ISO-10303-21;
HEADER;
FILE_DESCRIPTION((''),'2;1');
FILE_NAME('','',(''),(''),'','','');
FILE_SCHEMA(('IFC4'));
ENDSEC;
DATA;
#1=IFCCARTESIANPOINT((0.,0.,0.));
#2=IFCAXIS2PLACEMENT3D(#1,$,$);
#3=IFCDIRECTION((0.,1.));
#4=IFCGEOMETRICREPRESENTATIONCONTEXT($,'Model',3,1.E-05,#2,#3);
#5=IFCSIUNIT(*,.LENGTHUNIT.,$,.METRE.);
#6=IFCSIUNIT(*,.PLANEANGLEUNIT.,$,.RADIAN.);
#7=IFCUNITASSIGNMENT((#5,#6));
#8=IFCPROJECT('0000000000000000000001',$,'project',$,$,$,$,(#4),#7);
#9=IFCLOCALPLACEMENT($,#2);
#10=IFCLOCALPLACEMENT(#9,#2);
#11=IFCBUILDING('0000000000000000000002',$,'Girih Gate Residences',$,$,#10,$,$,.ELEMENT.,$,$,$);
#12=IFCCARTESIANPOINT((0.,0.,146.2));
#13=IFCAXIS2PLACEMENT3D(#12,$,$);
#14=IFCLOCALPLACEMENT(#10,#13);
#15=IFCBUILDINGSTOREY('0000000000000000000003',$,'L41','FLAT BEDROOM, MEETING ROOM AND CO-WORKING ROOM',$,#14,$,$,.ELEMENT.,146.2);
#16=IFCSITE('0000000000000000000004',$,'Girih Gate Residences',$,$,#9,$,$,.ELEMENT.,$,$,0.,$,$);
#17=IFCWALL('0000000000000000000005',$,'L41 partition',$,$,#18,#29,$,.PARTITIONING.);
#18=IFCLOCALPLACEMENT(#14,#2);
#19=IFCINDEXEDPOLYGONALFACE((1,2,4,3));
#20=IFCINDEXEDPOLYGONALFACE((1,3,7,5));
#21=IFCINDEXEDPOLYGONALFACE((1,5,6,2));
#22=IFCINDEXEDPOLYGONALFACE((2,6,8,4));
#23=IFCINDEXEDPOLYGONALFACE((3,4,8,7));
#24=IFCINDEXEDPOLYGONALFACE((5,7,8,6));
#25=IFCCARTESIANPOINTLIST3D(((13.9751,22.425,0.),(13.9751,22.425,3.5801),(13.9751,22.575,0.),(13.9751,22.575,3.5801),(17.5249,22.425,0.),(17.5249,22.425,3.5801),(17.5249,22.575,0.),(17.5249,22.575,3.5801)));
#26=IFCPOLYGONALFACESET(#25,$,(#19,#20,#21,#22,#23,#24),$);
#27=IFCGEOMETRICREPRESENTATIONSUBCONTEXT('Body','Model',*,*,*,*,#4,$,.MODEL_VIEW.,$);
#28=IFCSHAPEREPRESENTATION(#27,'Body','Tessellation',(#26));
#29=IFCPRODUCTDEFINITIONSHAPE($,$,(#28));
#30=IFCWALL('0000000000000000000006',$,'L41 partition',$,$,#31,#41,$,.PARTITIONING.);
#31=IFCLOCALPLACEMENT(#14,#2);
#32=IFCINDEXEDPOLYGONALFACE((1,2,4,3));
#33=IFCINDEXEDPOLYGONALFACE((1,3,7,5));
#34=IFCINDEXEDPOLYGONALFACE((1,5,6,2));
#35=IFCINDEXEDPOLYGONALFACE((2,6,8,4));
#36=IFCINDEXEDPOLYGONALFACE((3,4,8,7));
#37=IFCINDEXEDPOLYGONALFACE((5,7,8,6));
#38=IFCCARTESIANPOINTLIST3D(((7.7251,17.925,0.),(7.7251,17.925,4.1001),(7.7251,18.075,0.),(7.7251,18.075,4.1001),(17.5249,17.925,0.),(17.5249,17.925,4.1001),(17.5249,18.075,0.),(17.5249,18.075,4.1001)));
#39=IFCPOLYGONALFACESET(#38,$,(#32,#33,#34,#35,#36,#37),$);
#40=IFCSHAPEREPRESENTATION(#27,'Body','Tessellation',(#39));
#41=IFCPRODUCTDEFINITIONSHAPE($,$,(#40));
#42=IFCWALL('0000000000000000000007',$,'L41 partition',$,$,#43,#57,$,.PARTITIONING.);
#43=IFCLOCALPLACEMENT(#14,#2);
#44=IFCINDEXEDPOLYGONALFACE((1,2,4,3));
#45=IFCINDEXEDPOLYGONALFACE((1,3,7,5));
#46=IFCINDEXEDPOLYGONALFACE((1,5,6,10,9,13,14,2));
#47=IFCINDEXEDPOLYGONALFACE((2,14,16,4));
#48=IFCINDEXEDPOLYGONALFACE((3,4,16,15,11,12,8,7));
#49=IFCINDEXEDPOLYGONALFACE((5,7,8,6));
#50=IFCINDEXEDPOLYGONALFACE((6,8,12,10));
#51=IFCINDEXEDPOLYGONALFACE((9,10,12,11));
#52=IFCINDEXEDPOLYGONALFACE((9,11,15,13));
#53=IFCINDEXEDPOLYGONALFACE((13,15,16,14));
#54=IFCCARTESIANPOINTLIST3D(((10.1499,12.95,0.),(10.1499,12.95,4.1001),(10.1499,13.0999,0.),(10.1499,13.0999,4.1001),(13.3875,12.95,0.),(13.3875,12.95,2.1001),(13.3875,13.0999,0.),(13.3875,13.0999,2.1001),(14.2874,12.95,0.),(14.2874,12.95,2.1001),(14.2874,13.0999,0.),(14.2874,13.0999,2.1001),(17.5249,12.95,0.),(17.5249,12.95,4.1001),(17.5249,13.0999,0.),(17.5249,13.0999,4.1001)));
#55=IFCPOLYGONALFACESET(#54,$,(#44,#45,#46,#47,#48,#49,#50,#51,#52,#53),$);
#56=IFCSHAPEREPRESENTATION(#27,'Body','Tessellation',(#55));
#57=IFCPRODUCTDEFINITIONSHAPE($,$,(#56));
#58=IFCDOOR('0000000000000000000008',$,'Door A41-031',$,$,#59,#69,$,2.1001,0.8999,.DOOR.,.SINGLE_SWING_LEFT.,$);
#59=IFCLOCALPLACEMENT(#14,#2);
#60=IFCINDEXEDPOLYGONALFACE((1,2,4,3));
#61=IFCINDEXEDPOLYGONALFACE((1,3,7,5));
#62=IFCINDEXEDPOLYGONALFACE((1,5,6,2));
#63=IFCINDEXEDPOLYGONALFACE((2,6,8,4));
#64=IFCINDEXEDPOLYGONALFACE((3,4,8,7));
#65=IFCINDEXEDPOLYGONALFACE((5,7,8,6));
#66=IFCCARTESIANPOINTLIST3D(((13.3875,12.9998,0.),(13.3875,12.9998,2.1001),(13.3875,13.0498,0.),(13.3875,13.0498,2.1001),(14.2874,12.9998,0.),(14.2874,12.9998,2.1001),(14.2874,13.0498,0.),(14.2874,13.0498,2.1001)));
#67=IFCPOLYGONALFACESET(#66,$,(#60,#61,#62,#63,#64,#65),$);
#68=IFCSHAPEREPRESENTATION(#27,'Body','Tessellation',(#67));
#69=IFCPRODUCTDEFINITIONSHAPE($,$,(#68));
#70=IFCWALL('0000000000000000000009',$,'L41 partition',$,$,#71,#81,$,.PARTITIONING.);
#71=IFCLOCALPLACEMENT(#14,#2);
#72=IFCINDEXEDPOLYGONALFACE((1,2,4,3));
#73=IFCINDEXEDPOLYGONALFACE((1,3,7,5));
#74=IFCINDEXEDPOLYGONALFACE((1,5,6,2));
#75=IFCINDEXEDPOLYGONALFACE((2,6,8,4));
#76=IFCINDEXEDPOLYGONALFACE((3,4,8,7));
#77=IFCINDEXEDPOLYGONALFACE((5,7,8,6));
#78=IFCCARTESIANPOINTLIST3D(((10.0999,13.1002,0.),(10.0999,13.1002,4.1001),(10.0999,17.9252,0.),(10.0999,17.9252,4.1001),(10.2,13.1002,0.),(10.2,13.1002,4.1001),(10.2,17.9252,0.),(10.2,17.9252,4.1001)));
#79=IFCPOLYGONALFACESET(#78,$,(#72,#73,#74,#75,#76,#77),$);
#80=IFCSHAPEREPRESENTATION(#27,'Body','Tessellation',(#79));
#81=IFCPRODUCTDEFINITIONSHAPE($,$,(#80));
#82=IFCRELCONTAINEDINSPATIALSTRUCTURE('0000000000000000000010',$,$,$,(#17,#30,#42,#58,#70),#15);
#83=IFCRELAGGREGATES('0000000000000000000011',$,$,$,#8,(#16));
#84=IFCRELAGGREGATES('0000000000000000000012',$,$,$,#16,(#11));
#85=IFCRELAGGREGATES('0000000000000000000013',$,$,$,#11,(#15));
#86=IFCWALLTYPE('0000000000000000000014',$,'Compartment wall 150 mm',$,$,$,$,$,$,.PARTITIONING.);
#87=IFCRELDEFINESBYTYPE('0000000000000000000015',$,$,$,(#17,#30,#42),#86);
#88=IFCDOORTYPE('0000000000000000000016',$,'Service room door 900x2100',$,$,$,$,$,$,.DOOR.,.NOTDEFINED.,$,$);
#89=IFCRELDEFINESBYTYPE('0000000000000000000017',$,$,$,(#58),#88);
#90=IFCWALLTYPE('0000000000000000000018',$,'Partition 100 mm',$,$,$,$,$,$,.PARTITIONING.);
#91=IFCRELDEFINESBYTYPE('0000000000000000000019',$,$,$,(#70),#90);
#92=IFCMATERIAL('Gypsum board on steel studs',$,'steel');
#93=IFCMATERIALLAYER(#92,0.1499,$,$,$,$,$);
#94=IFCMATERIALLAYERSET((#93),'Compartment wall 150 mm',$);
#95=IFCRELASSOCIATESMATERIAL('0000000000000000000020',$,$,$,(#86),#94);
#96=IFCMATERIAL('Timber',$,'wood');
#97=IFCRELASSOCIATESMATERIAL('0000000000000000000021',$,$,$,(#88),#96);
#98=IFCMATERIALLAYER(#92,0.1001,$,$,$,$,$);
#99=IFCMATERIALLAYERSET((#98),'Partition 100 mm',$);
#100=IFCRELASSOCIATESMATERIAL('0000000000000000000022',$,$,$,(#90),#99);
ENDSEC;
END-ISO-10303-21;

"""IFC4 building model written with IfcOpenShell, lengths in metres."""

from ifc_helpers import new_model, si_unit, direction, frame, frame_2d, origin, place, context, subcontext, project, spatial, rectangle, extrude, material, layer, layer_set, type_object, element, fill, save


model = new_model("IFC4")

# Units and contexts
model_context = context("Model", 3, precision=1e-05, world=origin(), true_north=direction((0.0, 1.0)))
body_context = subcontext(model_context, "Body", "Model", "MODEL_VIEW")
ifc_project = project(units=[si_unit("LENGTHUNIT", "METRE"), si_unit("PLANEANGLEUNIT", "RADIAN")], contexts=[model_context])

# Site, building, storey
site_placement = place(None, origin())
site = spatial("IfcSite", under=ifc_project, at=site_placement, Name="Girih Gate Residences", CompositionType="ELEMENT", RefElevation=0.0)
building_placement = place(site_placement, origin())
building = spatial("IfcBuilding", under=site, at=building_placement, Name="Girih Gate Residences", CompositionType="ELEMENT")
storey_placement = place(building_placement, frame((0.0, 0.0, 146.2)))
storey = spatial("IfcBuildingStorey", under=building, at=storey_placement, Name="L41", Description="FLAT BEDROOM, MEETING ROOM AND CO-WORKING ROOM", CompositionType="ELEMENT", Elevation=146.2)

# Shared definitions
ifc_material_1 = material(Name="Gypsum board on steel studs", Category="steel")
ifc_layer_1 = layer(ifc_material_1, 0.1499)
ifc_layer_set_1 = layer_set([ifc_layer_1], Name="Compartment wall 150 mm")
wall_type_1 = type_object("IfcWallType", Name="Compartment wall 150 mm", PredefinedType="PARTITIONING", material=ifc_layer_set_1)

# Walls
for number, where, z_axis, x_axis, name in (
    (1, (13.9751, 22.5, 0.0), (0.0, 0.0, 1.0), (1.0, 0.0, 0.0), "L41 partition"),
):
    element("IfcWall", number, at=place(storey_placement, frame(where, z_axis=z_axis, x_axis=x_axis)), inside=storey, type_object=wall_type_1, Name=name, PredefinedType="PARTITIONING", context=body_context, shape_type="SweptSolid", body=[
        extrude(rectangle(XDim=3.5498, YDim=0.1499, at=frame_2d((1.7749, 0.0))), origin(), (0.0, 0.0, 1.0), 3.5801),
    ])
wall_1_placement = place(storey_placement, frame((7.7251, 18.0, 0.0), z_axis=(0.0, 0.0, 1.0), x_axis=(1.0, 0.0, 0.0)))
element("IfcWall", 2, at=wall_1_placement, inside=storey, type_object=wall_type_1, Name="L41 partition", PredefinedType="PARTITIONING", context=body_context, shape_type="SweptSolid", body=[
    extrude(rectangle(XDim=9.7998, YDim=0.1499, at=frame_2d((4.8999, 0.0))), origin(), (0.0, 0.0, 1.0), 4.1001),
])

# Wall, opening, door
wall_2_placement = place(storey_placement, frame((10.1499, 13.0249, 0.0), z_axis=(0.0, 0.0, 1.0), x_axis=(1.0, 0.0, 0.0)))
wall_2 = element("IfcWall", 3, at=wall_2_placement, inside=storey, type_object=wall_type_1, Name="L41 partition", PredefinedType="PARTITIONING", context=body_context, shape_type="SweptSolid", body=[
    extrude(rectangle(XDim=7.375, YDim=0.1499, at=frame_2d((3.6875, 0.0))), origin(), (0.0, 0.0, 1.0), 4.1001),
])
opening_1_placement = place(wall_2_placement, frame((3.2375, 0.0, 0.0)))
opening_1 = element("IfcOpeningElement", 4, at=opening_1_placement, cuts=wall_2, PredefinedType="OPENING", context=body_context, shape_type="SweptSolid", body=[
    extrude(rectangle(XDim=0.8999, YDim=2.1001, at=frame_2d((0.45, 1.05))), frame((0.0, 0.085, 0.0), z_axis=(0.0, -1.0, 0.0), x_axis=(1.0, 0.0, 0.0)), (0.0, 0.0, 1.0), 0.1699),
])
ifc_material_2 = material(Name="Timber", Category="wood")
door_type_1 = type_object("IfcDoorType", Name="Service room door 900x2100", OperationType="NOTDEFINED", PredefinedType="DOOR", material=ifc_material_2)
door_1_placement = place(opening_1_placement, origin())
door_1 = element("IfcDoor", 5, at=door_1_placement, inside=storey, type_object=door_type_1, Name="Door A41-031", OperationType="SINGLE_SWING_LEFT", OverallHeight=2.1001, OverallWidth=0.8999, PredefinedType="DOOR", context=body_context, shape_type="SweptSolid", body=[
    extrude(rectangle(XDim=0.8999, YDim=2.1001, at=frame_2d((0.45, 1.05))), frame((0.0, 0.0249, 0.0), z_axis=(0.0, -1.0, 0.0), x_axis=(1.0, 0.0, 0.0)), (0.0, 0.0, 1.0), 0.05),
])
fill(opening_1, door_1)

# Wall
ifc_layer_2 = layer(ifc_material_1, 0.1001)
ifc_layer_set_2 = layer_set([ifc_layer_2], Name="Partition 100 mm")
wall_type_2 = type_object("IfcWallType", Name="Partition 100 mm", PredefinedType="PARTITIONING", material=ifc_layer_set_2)
wall_3_placement = place(storey_placement, frame((10.1499, 13.1001, 0.0), z_axis=(0.0, 0.0, 1.0), x_axis=(0.0, 1.0, 0.0)))
element("IfcWall", 6, at=wall_3_placement, inside=storey, type_object=wall_type_2, Name="L41 partition", PredefinedType="PARTITIONING", context=body_context, shape_type="SweptSolid", body=[
    extrude(rectangle(XDim=4.825, YDim=0.1001, at=frame_2d((2.4126, 0.0))), origin(), (0.0, 0.0, 1.0), 4.1001),
])

save(model, "model.ifc")
